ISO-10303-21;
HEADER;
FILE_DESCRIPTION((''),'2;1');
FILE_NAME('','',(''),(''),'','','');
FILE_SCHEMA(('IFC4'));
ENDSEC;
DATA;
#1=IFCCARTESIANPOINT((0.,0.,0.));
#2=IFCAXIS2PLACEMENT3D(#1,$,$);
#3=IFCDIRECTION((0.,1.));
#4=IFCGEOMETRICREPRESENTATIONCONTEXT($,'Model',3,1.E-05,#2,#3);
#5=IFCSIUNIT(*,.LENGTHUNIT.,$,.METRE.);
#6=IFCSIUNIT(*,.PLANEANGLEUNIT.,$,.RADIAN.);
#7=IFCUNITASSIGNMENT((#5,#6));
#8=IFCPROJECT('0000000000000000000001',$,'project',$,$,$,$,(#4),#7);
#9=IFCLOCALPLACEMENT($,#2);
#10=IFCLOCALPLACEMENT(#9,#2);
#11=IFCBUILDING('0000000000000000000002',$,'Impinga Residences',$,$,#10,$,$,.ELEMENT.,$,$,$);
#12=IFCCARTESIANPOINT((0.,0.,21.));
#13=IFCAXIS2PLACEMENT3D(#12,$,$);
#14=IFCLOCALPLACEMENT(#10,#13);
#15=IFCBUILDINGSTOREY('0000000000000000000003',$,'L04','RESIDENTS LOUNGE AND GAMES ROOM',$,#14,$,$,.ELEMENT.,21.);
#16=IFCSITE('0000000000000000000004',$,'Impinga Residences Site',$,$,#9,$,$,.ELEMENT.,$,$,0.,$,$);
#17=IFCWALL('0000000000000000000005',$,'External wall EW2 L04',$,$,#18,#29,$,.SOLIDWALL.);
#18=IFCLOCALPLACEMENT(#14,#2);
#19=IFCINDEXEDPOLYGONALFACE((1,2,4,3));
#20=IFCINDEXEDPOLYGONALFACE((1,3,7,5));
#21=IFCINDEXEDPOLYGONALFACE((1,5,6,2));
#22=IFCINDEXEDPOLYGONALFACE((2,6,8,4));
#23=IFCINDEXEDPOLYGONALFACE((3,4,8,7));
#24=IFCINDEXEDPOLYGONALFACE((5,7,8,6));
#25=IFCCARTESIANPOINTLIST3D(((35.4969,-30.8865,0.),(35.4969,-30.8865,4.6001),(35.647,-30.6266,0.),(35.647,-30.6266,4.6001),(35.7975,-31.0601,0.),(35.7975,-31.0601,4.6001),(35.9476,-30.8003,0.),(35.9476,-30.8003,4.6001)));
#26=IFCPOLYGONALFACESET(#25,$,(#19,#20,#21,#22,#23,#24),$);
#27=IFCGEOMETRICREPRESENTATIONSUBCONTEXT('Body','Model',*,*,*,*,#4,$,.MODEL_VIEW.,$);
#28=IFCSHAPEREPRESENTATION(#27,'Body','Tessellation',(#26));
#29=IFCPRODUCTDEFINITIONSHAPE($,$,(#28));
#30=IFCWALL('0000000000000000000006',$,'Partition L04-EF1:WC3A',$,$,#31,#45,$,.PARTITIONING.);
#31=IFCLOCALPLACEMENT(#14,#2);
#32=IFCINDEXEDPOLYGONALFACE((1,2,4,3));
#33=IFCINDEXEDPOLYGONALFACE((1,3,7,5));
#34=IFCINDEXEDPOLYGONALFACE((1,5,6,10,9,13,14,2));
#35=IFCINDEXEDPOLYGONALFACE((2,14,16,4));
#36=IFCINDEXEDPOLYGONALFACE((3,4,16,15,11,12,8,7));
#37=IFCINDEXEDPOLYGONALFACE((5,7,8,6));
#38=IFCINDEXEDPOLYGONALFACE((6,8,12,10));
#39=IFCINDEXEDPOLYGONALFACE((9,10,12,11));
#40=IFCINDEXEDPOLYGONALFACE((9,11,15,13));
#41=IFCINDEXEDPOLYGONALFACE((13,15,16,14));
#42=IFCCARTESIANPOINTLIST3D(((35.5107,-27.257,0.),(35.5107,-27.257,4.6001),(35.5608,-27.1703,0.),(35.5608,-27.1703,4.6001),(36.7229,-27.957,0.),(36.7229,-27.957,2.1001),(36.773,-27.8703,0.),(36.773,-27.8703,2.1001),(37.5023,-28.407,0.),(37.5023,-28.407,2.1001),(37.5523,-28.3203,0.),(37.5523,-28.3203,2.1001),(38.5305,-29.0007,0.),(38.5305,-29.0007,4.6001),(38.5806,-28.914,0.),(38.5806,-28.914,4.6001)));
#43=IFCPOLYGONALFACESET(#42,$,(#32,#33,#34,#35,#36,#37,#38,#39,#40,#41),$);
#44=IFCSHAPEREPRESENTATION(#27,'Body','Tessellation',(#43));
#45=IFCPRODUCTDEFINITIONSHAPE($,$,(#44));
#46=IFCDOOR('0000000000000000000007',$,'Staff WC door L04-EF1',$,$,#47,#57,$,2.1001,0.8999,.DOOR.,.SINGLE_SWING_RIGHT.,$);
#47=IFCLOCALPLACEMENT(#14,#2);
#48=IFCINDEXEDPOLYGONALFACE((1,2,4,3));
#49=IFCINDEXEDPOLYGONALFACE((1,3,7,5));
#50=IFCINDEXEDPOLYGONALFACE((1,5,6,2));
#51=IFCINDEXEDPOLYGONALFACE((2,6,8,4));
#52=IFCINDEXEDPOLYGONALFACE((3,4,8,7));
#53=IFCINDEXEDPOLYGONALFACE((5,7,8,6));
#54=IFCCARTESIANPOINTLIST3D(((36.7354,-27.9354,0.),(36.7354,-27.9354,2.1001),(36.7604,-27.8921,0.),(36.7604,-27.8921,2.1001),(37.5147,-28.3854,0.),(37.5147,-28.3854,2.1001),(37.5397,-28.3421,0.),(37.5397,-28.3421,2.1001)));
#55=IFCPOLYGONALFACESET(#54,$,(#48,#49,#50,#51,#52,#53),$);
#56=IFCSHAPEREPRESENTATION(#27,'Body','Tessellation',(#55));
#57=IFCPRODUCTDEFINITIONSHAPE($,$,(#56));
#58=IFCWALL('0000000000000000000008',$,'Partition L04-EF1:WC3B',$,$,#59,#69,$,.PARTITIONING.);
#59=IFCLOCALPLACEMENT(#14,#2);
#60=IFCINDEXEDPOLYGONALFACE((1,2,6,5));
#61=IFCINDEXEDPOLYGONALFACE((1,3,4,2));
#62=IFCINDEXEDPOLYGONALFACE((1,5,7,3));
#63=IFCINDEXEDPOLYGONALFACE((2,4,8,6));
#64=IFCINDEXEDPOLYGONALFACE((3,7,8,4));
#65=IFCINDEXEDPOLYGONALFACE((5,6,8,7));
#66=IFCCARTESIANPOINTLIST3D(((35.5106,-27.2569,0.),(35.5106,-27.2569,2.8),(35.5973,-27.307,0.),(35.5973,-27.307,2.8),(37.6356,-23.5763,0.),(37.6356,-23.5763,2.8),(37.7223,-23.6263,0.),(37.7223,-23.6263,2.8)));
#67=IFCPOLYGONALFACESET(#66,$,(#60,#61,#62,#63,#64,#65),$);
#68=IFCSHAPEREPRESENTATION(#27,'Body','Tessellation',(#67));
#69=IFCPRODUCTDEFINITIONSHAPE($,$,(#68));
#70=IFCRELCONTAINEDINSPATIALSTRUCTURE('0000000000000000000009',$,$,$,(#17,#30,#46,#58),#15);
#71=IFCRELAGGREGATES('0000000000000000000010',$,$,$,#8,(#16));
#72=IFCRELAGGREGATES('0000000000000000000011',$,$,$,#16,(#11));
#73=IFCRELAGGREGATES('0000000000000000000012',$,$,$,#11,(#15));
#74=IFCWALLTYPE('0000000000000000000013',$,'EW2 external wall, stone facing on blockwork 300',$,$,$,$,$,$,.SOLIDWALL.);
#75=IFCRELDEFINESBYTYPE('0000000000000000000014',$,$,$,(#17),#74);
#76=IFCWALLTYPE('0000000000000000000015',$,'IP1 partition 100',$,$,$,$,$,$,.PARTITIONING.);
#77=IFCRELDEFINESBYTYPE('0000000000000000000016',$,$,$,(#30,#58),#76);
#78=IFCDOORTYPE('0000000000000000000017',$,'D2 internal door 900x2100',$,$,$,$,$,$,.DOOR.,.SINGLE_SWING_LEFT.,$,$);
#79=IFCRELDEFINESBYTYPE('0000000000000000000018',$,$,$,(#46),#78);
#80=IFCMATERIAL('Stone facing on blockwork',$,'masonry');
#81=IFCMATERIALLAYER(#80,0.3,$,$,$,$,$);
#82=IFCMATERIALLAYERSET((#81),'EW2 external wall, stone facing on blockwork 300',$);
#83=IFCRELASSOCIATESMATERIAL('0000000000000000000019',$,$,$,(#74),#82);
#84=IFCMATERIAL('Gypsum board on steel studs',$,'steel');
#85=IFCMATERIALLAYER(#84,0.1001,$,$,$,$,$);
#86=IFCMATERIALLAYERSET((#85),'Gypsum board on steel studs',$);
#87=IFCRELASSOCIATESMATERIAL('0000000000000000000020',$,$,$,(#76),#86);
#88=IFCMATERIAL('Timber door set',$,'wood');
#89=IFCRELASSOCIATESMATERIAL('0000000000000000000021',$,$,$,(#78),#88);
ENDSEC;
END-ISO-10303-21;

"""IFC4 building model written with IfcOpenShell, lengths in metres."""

from ifc_helpers import new_model, si_unit, direction, frame, frame_2d, origin, place, context, subcontext, project, spatial, rectangle, extrude, material, layer, layer_set, type_object, element, fill, save


model = new_model("IFC4")

# Units and contexts
model_context = context("Model", 3, precision=1e-05, world=origin(), true_north=direction((0.0, 1.0)))
body_context = subcontext(model_context, "Body", "Model", "MODEL_VIEW")
ifc_project = project(units=[si_unit("LENGTHUNIT", "METRE"), si_unit("PLANEANGLEUNIT", "RADIAN")], contexts=[model_context])

# Site, building, storey
site_placement = place(None, origin())
site = spatial("IfcSite", under=ifc_project, at=site_placement, Name="Impinga Residences Site", CompositionType="ELEMENT", RefElevation=0.0)
building_placement = place(site_placement, origin())
building = spatial("IfcBuilding", under=site, at=building_placement, Name="Impinga Residences", CompositionType="ELEMENT")
storey_placement = place(building_placement, frame((0.0, 0.0, 21.0)))
storey = spatial("IfcBuildingStorey", under=building, at=storey_placement, Name="L04", Description="RESIDENTS LOUNGE AND GAMES ROOM", CompositionType="ELEMENT", Elevation=21.0)

# Wall
ifc_material_1 = material(Name="Stone facing on blockwork", Category="masonry")
ifc_layer_1 = layer(ifc_material_1, 0.3)
ifc_layer_set_1 = layer_set([ifc_layer_1], Name="EW2 external wall, stone facing on blockwork 300")
wall_type_1 = type_object("IfcWallType", Name="EW2 external wall, stone facing on blockwork 300", PredefinedType="SOLIDWALL", material=ifc_layer_set_1)
wall_1_placement = place(storey_placement, frame((35.8726, -30.9302, 0.0), z_axis=(0.0, 0.0, 1.0), x_axis=(-0.86594, 0.500149, 0.0)))
element("IfcWall", 1, at=wall_1_placement, inside=storey, type_object=wall_type_1, Name="External wall EW2 L04", PredefinedType="SOLIDWALL", context=body_context, shape_type="SweptSolid", body=[
    extrude(rectangle(XDim=0.3472, YDim=0.3, at=frame_2d((0.1736, 0.0))), origin(), (0.0, 0.0, 1.0), 4.6001),
])

# Wall, opening, door
ifc_material_2 = material(Name="Gypsum board on steel studs", Category="steel")
ifc_layer_2 = layer(ifc_material_2, 0.1001)
ifc_layer_set_2 = layer_set([ifc_layer_2], Name="Gypsum board on steel studs")
wall_type_2 = type_object("IfcWallType", Name="IP1 partition 100", PredefinedType="PARTITIONING", material=ifc_layer_set_2)
wall_2_placement = place(storey_placement, frame((35.5356, -27.2136, 0.0), z_axis=(0.0, 0.0, 1.0), x_axis=(0.866003, -0.50004, 0.0)))
wall_2 = element("IfcWall", 2, at=wall_2_placement, inside=storey, type_object=wall_type_2, Name="Partition L04-EF1:WC3A", PredefinedType="PARTITIONING", context=body_context, shape_type="SweptSolid", body=[
    extrude(rectangle(XDim=3.4871, YDim=0.1001, at=frame_2d((1.7437, 0.0))), origin(), (0.0, 0.0, 1.0), 4.6001),
])
opening_placement = place(wall_2_placement, frame((1.3999, 0.0, 0.0)))
opening = element("IfcOpeningElement", 3, at=opening_placement, cuts=wall_2, PredefinedType="OPENING", context=body_context, shape_type="SweptSolid", body=[
    extrude(rectangle(XDim=0.8999, YDim=2.1001, at=frame_2d((0.45, 1.05))), frame((0.0, 0.0601, 0.0), z_axis=(0.0, -1.0, 0.0), x_axis=(1.0, 0.0, 0.0)), (0.0, 0.0, 1.0), 0.1201),
])
ifc_material_3 = material(Name="Timber door set", Category="wood")
door_type = type_object("IfcDoorType", Name="D2 internal door 900x2100", OperationType="SINGLE_SWING_LEFT", PredefinedType="DOOR", material=ifc_material_3)
door_placement = place(opening_placement, origin())
door = element("IfcDoor", 4, at=door_placement, inside=storey, type_object=door_type, Name="Staff WC door L04-EF1", OperationType="SINGLE_SWING_RIGHT", OverallHeight=2.1001, OverallWidth=0.8999, PredefinedType="DOOR", context=body_context, shape_type="SweptSolid", body=[
    extrude(rectangle(XDim=0.8999, YDim=2.1001, at=frame_2d((0.45, 1.05))), frame((0.0, 0.0249, 0.0), z_axis=(0.0, -1.0, 0.0), x_axis=(1.0, 0.0, 0.0)), (0.0, 0.0, 1.0), 0.05),
])
fill(opening, door)

# Wall
wall_3_placement = place(storey_placement, frame((37.679, -23.6013, 0.0), z_axis=(0.0, 0.0, 1.0), x_axis=(-0.499994, -0.866029, 0.0)))
element("IfcWall", 5, at=wall_3_placement, inside=storey, type_object=wall_type_2, Name="Partition L04-EF1:WC3B", PredefinedType="PARTITIONING", context=body_context, shape_type="SweptSolid", body=[
    extrude(rectangle(XDim=4.25, YDim=0.1001, at=frame_2d((2.125, 0.0))), origin(), (0.0, 0.0, 1.0), 2.8),
])

save(model, "model.ifc")
